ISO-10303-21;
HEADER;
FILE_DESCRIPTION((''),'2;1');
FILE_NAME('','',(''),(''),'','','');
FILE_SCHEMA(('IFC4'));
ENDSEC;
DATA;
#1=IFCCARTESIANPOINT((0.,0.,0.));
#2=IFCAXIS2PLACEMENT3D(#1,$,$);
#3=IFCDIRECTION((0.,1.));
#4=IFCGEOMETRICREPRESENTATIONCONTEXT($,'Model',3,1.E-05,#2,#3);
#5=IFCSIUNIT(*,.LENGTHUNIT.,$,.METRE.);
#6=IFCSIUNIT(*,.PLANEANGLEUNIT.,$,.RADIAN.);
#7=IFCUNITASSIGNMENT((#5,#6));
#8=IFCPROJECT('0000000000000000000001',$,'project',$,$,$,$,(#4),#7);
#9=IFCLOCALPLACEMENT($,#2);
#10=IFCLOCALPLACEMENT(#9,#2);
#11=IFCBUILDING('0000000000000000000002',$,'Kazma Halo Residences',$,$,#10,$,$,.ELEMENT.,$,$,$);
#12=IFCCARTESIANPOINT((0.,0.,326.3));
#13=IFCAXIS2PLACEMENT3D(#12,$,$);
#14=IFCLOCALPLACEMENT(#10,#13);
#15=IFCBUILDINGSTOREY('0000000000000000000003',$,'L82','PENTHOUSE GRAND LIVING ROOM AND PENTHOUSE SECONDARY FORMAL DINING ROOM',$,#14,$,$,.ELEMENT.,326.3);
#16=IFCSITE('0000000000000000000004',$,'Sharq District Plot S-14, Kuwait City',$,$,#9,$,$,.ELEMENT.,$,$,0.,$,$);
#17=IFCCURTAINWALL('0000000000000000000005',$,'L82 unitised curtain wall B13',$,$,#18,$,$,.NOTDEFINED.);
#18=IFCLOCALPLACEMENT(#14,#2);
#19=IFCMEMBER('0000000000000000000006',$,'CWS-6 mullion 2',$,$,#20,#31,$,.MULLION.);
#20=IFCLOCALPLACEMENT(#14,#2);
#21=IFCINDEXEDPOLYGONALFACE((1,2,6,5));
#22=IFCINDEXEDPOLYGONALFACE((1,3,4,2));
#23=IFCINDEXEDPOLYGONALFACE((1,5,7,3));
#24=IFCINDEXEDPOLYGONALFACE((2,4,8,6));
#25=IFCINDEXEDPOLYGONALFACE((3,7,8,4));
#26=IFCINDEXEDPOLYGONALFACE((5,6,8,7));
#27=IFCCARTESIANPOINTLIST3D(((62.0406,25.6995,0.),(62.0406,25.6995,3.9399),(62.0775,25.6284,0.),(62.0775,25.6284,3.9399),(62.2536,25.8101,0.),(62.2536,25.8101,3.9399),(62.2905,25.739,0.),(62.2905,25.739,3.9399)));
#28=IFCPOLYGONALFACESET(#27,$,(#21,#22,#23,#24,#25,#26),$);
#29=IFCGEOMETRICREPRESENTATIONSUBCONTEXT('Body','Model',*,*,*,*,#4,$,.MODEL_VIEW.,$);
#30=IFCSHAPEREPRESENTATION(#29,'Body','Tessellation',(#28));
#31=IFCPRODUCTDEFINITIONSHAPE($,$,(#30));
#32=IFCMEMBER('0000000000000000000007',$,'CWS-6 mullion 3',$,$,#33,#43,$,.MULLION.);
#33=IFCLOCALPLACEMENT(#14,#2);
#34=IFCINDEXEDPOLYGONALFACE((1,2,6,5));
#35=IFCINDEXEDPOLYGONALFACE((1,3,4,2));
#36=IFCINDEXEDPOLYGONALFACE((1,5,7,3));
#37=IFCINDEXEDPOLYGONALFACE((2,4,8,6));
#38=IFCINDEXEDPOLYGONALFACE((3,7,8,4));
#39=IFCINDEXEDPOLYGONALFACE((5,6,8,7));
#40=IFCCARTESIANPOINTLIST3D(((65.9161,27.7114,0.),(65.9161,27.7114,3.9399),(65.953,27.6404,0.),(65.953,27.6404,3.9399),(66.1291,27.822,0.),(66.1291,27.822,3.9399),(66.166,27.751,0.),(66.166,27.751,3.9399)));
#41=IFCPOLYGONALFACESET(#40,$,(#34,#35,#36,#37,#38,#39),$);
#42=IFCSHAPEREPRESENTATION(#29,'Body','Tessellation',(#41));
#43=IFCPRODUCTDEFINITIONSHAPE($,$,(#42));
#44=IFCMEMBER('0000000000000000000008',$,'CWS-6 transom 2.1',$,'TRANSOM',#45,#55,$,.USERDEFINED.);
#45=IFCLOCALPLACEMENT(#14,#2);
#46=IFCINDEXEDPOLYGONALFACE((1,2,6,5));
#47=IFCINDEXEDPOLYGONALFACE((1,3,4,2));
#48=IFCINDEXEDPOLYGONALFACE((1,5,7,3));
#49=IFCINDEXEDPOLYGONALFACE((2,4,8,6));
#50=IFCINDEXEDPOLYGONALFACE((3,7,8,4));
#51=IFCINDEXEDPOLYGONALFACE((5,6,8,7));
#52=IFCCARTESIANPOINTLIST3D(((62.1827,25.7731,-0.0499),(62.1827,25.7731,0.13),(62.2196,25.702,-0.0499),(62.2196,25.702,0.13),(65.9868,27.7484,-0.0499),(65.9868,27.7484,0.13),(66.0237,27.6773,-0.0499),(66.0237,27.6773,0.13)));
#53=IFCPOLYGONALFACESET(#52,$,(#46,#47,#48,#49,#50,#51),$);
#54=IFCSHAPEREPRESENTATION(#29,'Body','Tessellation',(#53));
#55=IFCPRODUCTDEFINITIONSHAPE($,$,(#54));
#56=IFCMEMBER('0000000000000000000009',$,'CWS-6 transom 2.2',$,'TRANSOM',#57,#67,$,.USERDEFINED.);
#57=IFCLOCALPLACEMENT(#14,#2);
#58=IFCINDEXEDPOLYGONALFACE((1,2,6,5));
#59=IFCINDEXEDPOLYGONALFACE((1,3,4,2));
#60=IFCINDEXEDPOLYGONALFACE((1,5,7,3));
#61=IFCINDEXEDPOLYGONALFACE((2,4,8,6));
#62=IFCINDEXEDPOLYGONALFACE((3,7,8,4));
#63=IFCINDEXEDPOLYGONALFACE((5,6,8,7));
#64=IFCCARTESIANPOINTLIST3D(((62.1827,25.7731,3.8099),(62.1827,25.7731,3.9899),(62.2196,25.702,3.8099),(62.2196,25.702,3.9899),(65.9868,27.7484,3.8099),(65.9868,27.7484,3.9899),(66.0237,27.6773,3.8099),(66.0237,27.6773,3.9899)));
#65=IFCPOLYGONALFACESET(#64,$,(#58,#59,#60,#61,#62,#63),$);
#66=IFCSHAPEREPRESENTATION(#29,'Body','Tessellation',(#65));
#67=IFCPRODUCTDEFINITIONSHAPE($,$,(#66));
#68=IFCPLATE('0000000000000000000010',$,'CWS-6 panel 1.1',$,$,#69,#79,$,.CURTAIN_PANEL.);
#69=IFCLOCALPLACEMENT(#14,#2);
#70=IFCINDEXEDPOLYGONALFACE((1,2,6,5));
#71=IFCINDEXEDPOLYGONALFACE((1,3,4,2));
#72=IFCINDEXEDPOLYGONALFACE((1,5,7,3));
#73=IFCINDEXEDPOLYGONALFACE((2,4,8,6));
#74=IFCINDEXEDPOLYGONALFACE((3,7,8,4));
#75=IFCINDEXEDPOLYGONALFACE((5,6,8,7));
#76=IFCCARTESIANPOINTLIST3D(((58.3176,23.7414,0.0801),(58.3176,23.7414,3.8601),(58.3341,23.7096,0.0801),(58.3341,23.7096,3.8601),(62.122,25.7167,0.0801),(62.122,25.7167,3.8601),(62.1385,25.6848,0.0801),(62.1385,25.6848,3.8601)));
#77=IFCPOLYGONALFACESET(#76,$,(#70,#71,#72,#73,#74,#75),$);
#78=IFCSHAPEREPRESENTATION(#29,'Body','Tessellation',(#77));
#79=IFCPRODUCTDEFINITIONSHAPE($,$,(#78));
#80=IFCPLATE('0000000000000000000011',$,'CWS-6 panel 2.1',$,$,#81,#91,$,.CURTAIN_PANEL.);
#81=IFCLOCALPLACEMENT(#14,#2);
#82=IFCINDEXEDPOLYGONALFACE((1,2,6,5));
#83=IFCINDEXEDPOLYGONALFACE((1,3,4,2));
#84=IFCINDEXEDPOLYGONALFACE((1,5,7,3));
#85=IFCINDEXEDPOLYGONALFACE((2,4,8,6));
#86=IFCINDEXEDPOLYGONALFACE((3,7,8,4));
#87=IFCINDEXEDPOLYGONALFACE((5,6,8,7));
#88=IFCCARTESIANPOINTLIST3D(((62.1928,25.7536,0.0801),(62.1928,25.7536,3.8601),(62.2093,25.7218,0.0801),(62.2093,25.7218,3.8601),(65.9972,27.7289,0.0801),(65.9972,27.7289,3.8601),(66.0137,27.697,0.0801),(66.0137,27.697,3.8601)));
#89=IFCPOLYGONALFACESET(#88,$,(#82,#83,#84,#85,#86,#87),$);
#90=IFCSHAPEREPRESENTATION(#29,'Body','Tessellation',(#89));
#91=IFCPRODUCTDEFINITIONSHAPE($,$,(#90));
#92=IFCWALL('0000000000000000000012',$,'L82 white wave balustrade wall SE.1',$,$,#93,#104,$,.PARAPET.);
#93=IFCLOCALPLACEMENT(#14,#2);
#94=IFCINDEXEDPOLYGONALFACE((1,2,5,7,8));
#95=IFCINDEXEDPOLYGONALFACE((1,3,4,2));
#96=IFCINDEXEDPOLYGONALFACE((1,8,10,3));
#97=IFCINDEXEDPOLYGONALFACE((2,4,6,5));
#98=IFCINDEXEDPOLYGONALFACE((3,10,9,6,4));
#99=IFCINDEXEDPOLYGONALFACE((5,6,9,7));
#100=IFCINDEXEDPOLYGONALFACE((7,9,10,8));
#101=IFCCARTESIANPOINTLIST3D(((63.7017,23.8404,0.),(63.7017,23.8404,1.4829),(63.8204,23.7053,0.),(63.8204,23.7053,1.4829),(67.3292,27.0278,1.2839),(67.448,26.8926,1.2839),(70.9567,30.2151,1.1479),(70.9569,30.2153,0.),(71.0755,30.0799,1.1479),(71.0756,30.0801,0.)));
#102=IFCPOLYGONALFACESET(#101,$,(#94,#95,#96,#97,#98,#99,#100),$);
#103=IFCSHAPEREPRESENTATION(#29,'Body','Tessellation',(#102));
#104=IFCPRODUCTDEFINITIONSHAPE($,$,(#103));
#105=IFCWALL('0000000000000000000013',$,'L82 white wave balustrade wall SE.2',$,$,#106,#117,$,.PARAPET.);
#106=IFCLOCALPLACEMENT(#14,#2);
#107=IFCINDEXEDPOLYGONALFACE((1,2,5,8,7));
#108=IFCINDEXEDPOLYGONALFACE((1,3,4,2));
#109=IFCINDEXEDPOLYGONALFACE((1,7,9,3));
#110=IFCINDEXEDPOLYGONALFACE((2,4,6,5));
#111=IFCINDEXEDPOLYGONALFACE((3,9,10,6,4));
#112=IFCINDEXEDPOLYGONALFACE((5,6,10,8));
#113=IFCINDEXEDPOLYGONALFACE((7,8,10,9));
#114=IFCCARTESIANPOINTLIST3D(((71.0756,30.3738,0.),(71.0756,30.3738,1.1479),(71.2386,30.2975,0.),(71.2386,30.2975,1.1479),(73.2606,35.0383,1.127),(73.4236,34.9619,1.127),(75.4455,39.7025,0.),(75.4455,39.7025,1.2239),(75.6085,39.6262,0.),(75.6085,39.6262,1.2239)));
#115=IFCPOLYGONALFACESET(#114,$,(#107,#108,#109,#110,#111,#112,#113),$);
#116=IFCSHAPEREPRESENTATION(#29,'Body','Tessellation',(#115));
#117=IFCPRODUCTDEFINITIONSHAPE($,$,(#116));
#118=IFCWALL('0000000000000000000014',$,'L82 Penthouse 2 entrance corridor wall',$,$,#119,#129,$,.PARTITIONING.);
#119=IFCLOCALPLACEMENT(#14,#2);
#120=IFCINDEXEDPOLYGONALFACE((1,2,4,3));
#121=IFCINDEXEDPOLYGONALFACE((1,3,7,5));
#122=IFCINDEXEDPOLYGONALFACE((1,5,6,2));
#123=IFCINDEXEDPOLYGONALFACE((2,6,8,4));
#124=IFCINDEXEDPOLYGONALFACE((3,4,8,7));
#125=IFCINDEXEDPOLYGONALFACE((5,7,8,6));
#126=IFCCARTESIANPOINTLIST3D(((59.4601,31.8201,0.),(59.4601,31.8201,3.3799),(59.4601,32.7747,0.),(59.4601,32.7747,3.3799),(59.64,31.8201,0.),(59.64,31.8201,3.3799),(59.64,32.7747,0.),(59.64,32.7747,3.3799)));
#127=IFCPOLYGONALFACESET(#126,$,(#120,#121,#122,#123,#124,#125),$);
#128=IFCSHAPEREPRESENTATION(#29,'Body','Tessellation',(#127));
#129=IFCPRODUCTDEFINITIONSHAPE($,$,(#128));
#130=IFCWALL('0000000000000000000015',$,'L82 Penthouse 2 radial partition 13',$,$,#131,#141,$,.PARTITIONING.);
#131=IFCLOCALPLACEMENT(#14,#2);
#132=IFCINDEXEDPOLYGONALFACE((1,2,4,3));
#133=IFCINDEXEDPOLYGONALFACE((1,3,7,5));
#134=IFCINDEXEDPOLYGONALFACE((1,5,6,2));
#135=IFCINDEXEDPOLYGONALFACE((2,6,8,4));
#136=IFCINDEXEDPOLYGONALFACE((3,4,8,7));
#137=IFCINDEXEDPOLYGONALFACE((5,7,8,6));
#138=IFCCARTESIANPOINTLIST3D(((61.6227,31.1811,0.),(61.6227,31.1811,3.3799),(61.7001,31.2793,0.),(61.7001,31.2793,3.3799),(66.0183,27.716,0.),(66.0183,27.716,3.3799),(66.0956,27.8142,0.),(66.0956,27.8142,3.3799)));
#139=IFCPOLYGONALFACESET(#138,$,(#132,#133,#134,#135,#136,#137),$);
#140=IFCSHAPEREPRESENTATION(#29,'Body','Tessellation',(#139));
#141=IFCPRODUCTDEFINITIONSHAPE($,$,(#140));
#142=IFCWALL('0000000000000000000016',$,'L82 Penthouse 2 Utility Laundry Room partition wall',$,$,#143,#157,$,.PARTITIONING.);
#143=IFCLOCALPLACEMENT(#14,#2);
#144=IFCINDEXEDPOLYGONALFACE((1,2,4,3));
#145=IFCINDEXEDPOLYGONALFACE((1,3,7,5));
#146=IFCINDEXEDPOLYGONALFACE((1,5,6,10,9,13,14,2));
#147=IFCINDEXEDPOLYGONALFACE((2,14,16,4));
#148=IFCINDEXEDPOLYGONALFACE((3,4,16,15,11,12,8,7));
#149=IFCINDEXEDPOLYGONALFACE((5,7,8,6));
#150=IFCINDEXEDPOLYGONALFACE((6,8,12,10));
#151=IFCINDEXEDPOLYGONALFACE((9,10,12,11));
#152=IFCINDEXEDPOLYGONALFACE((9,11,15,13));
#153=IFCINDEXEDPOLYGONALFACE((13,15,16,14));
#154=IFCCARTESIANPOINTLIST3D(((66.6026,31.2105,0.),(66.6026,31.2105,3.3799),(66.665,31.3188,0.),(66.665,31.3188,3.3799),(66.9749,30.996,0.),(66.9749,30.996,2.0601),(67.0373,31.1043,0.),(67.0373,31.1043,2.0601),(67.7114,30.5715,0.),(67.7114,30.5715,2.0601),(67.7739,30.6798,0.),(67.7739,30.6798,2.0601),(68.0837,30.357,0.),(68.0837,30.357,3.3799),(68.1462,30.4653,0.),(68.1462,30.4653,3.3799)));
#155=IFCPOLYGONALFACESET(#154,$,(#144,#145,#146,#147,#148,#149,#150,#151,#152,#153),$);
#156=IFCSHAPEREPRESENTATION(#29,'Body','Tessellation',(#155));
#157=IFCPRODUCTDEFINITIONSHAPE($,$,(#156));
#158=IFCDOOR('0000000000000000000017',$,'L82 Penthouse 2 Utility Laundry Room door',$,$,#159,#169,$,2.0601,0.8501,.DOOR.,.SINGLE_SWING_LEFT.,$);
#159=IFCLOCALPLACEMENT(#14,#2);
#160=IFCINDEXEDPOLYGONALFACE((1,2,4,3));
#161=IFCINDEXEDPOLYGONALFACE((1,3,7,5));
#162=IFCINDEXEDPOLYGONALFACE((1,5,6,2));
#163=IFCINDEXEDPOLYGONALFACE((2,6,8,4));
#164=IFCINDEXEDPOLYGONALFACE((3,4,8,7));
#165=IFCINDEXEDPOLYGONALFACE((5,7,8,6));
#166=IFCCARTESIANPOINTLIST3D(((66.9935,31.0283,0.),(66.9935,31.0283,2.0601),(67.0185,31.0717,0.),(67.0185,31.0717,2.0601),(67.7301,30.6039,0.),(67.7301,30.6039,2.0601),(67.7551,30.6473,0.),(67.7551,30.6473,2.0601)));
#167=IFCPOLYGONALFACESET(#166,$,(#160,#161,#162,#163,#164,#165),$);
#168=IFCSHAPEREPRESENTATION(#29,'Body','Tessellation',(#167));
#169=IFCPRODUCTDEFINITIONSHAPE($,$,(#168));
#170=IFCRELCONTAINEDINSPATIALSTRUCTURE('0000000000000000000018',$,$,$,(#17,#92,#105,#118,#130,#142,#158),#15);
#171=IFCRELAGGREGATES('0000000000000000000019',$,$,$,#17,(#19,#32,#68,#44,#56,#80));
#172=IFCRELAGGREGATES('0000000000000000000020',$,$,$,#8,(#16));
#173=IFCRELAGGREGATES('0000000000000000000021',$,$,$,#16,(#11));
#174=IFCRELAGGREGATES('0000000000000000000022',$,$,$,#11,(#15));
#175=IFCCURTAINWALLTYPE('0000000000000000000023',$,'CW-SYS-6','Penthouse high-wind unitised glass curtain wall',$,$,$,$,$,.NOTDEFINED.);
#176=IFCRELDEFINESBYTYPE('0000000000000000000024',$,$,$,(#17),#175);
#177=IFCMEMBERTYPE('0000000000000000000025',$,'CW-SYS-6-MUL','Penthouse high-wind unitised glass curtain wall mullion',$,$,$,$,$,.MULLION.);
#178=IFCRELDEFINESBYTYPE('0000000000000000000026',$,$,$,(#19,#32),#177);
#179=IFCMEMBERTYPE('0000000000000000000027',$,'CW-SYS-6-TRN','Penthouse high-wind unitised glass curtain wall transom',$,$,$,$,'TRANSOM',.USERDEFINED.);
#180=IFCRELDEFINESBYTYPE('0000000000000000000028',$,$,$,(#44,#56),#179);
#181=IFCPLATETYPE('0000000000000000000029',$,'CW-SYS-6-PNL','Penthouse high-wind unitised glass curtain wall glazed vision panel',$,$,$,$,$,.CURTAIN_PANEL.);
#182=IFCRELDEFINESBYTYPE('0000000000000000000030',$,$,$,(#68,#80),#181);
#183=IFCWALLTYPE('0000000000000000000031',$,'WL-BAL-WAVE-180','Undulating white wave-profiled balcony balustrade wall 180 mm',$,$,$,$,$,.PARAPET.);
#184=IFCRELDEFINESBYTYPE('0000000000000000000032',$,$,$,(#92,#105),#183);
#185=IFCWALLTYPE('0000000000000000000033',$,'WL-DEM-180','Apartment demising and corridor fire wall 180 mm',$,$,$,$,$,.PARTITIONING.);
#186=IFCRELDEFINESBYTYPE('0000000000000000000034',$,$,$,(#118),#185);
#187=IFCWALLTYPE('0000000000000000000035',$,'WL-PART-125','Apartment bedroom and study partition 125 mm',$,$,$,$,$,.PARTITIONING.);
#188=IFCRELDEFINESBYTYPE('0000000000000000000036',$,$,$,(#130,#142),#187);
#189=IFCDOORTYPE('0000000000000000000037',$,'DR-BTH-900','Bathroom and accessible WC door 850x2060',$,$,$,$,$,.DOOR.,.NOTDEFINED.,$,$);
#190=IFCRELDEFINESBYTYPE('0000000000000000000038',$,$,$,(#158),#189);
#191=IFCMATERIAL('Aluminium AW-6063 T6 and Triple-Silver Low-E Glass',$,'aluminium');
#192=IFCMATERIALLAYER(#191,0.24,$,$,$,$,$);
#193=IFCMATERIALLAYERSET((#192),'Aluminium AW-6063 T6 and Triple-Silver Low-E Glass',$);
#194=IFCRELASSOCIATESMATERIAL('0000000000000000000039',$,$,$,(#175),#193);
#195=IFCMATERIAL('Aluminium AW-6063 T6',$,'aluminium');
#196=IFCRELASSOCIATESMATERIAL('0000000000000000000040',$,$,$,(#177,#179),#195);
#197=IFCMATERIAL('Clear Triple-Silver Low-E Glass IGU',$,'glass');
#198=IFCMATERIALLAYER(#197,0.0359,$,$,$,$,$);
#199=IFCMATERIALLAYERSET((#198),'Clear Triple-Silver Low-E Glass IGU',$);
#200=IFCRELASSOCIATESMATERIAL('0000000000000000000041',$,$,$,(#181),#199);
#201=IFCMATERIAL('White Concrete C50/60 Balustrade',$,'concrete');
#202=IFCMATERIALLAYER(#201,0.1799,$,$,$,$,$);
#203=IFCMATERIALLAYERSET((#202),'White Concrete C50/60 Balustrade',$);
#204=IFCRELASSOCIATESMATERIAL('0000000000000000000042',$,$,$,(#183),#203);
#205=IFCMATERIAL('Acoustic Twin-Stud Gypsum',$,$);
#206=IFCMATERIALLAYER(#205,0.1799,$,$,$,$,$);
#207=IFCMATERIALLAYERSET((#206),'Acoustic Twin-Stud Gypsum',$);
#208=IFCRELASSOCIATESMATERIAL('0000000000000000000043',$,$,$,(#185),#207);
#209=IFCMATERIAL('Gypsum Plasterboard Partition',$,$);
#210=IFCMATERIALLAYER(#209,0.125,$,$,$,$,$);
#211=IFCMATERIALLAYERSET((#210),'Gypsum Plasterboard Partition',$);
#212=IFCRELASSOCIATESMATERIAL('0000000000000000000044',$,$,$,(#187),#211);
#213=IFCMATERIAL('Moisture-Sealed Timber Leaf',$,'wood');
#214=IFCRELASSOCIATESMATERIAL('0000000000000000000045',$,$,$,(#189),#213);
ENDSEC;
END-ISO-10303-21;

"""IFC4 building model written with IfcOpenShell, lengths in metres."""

from ifc_helpers import new_model, si_unit, direction, frame, frame_2d, origin, origin_2d, place, context, subcontext, project, spatial, polyline, rectangle, outline, extrude, material, layer, layer_set, material_profile, profile_set, type_object, element, fill, aggregate, save


model = new_model("IFC4")

# Units and contexts
model_context = context("Model", 3, precision=1e-05, world=origin(), true_north=direction((0.0, 1.0)))
body_context = subcontext(model_context, "Body", "Model", "MODEL_VIEW")
ifc_project = project(units=[si_unit("LENGTHUNIT", "METRE"), si_unit("PLANEANGLEUNIT", "RADIAN")], contexts=[model_context])

# Site, building, storey
site_placement = place(None, origin())
site = spatial("IfcSite", under=ifc_project, at=site_placement, Name="Sharq District Plot S-14, Kuwait City", CompositionType="ELEMENT", RefElevation=0.0)
building_placement = place(site_placement, origin())
building = spatial("IfcBuilding", under=site, at=building_placement, Name="Kazma Halo Residences", CompositionType="ELEMENT")
storey_placement = place(building_placement, frame((0.0, 0.0, 326.3)))
storey = spatial("IfcBuildingStorey", under=building, at=storey_placement, Name="L82", Description="PENTHOUSE GRAND LIVING ROOM AND PENTHOUSE SECONDARY FORMAL DINING ROOM", CompositionType="ELEMENT", Elevation=326.3)

# Curtain wall, members, plates
ifc_material_1 = material(Name="Aluminium AW-6063 T6 and Triple-Silver Low-E Glass", Category="aluminium")
ifc_layer_1 = layer(ifc_material_1, 0.24)
ifc_layer_set_1 = layer_set([ifc_layer_1], Name="Aluminium AW-6063 T6 and Triple-Silver Low-E Glass")
curtain_wall_type = type_object("IfcCurtainWallType", Name="CW-SYS-6", Description="Penthouse high-wind unitised glass curtain wall", PredefinedType="NOTDEFINED", material=ifc_layer_set_1)
curtain_wall_placement = place(storey_placement, origin())
curtain_wall = element("IfcCurtainWall", 1, at=curtain_wall_placement, inside=storey, type_object=curtain_wall_type, Name="L82 unitised curtain wall B13", PredefinedType="NOTDEFINED")
ifc_material_2 = material(Name="Aluminium AW-6063 T6", Category="aluminium")
ifc_material_profile_1 = material_profile(ifc_material_2, rectangle(XDim=0.0801, YDim=0.24, at=origin_2d()), Name="CWM-80x240")
ifc_profile_set_1 = profile_set([ifc_material_profile_1], Name="Aluminium AW-6063 T6")
member_type_1 = type_object("IfcMemberType", Name="CW-SYS-6-MUL", Description="Penthouse high-wind unitised glass curtain wall mullion", PredefinedType="MULLION", material=ifc_profile_set_1)
member_1_placement = place(storey_placement, frame((62.1655, 25.7192, 0.0), z_axis=(0.0, 0.0, 1.0), x_axis=(-0.460796, 0.887506, 0.0)))
member_1 = element("IfcMember", 2, at=member_1_placement, type_object=member_type_1, Name="CWS-6 mullion 2", PredefinedType="MULLION", context=body_context, shape_type="SweptSolid", body=[
    extrude(rectangle(XDim=0.0801, YDim=0.24, at=origin_2d()), origin(), (0.0, 0.0, 1.0), 3.9399),
])
member_2_placement = place(storey_placement, frame((66.041, 27.7312, 0.0), z_axis=(0.0, 0.0, 1.0), x_axis=(-0.460796, 0.887506, 0.0)))
member_2 = element("IfcMember", 3, at=member_2_placement, type_object=member_type_1, Name="CWS-6 mullion 3", PredefinedType="MULLION", context=body_context, shape_type="SweptSolid", body=[
    extrude(rectangle(XDim=0.0801, YDim=0.24, at=origin_2d()), origin(), (0.0, 0.0, 1.0), 3.9399),
])
ifc_material_profile_2 = material_profile(ifc_material_2, rectangle(XDim=0.0801, YDim=0.1799, at=origin_2d()), Name="CWT-80x180")
ifc_profile_set_2 = profile_set([ifc_material_profile_2], Name="Aluminium AW-6063 T6")
member_type_2 = type_object("IfcMemberType", Name="CW-SYS-6-TRN", Description="Penthouse high-wind unitised glass curtain wall transom", ElementType="TRANSOM", PredefinedType="USERDEFINED", material=ifc_profile_set_2)
member_3_placement = place(storey_placement, frame((62.2012, 25.7375, 0.04), z_axis=(0.887488, 0.460831, 0.0), x_axis=(-0.460831, 0.887488, 0.0)))
member_3 = element("IfcMember", 4, at=member_3_placement, type_object=member_type_2, Name="CWS-6 transom 2.1", ObjectType="TRANSOM", PredefinedType="USERDEFINED", context=body_context, shape_type="SweptSolid", body=[
    extrude(rectangle(XDim=0.0801, YDim=0.1799, at=origin_2d()), origin(), (0.0, 0.0, 1.0), 4.2864),
])
member_4_placement = place(storey_placement, frame((62.2012, 25.7375, 3.8999), z_axis=(0.887488, 0.460831, 0.0), x_axis=(-0.460831, 0.887488, 0.0)))
member_4 = element("IfcMember", 5, at=member_4_placement, type_object=member_type_2, Name="CWS-6 transom 2.2", ObjectType="TRANSOM", PredefinedType="USERDEFINED", context=body_context, shape_type="SweptSolid", body=[
    extrude(rectangle(XDim=0.0801, YDim=0.1799, at=origin_2d()), origin(), (0.0, 0.0, 1.0), 4.2864),
])
ifc_material_3 = material(Name="Clear Triple-Silver Low-E Glass IGU", Category="glass")
ifc_layer_2 = layer(ifc_material_3, 0.0359)
ifc_layer_set_2 = layer_set([ifc_layer_2], Name="Clear Triple-Silver Low-E Glass IGU")
plate_type = type_object("IfcPlateType", Name="CW-SYS-6-PNL", Description="Penthouse high-wind unitised glass curtain wall glazed vision panel", PredefinedType="CURTAIN_PANEL", material=ifc_layer_set_2)
plate_1_placement = place(storey_placement, frame((60.228, 24.7131, 0.0801), z_axis=(0.0, 0.0, 1.0), x_axis=(0.887506, 0.460796, 0.0)))
plate_1 = element("IfcPlate", 6, at=plate_1_placement, type_object=plate_type, Name="CWS-6 panel 1.1", PredefinedType="CURTAIN_PANEL", context=body_context, shape_type="SweptSolid", body=[
    extrude(rectangle(XDim=4.2866, YDim=0.0359, at=origin_2d()), origin(), (0.0, 0.0, 1.0), 3.78),
])
plate_2_placement = place(storey_placement, frame((64.1033, 26.7253, 0.0801), z_axis=(0.0, 0.0, 1.0), x_axis=(0.887506, 0.460796, 0.0)))
plate_2 = element("IfcPlate", 7, at=plate_2_placement, type_object=plate_type, Name="CWS-6 panel 2.1", PredefinedType="CURTAIN_PANEL", context=body_context, shape_type="SweptSolid", body=[
    extrude(rectangle(XDim=4.2866, YDim=0.0359, at=origin_2d()), origin(), (0.0, 0.0, 1.0), 3.78),
])
aggregate(curtain_wall, [member_1, member_2, plate_1, member_3, member_4, plate_2])

# Walls
ifc_material_4 = material(Name="White Concrete C50/60 Balustrade", Category="concrete")
ifc_layer_3 = layer(ifc_material_4, 0.1799)
ifc_layer_set_3 = layer_set([ifc_layer_3], Name="White Concrete C50/60 Balustrade")
wall_type_1 = type_object("IfcWallType", Name="WL-BAL-WAVE-180", Description="Undulating white wave-profiled balcony balustrade wall 180 mm", PredefinedType="PARAPET", material=ifc_layer_set_3)
wall_1_placement = place(storey_placement, frame((63.761, 23.7729, 0.0), z_axis=(0.0, 0.0, 1.0), x_axis=(0.751214, 0.660058, 0.0)))
element("IfcWall", 8, at=wall_1_placement, inside=storey, type_object=wall_type_1, Name="L82 white wave balustrade wall SE.1", PredefinedType="PARAPET", context=body_context, shape_type="SweptSolid", body=[
    extrude(outline(polyline([(0.0, 0.0), (9.658, 0.0), (9.6577, 1.1479), (4.8289, 1.2839), (0.0, 1.4829), (0.0, 0.0)])), frame((0.0, 0.0898, 0.0), z_axis=(0.0, -1.0, 0.0), x_axis=(1.0, 0.0, 0.0)), (0.0, 0.0, 1.0), 0.1799),
])
wall_2_placement = place(storey_placement, frame((71.157, 30.3357, 0.0), z_axis=(0.0, 0.0, 1.0), x_axis=(0.424202, 0.905568, 0.0)))
element("IfcWall", 9, at=wall_2_placement, inside=storey, type_object=wall_type_1, Name="L82 white wave balustrade wall SE.2", PredefinedType="PARAPET", context=body_context, shape_type="SweptSolid", body=[
    extrude(outline(polyline([(0.0, 0.0), (10.3015, 0.0), (10.3015, 1.2239), (5.1509, 1.127), (0.0, 1.1479), (0.0, 0.0)])), frame((0.0, 0.0898, 0.0), z_axis=(0.0, -1.0, 0.0), x_axis=(1.0, 0.0, 0.0)), (0.0, 0.0, 1.0), 0.1799),
])
ifc_material_5 = material(Name="Acoustic Twin-Stud Gypsum")
ifc_layer_4 = layer(ifc_material_5, 0.1799)
ifc_layer_set_4 = layer_set([ifc_layer_4], Name="Acoustic Twin-Stud Gypsum")
wall_type_2 = type_object("IfcWallType", Name="WL-DEM-180", Description="Apartment demising and corridor fire wall 180 mm", PredefinedType="PARTITIONING", material=ifc_layer_set_4)
wall_3_placement = place(storey_placement, frame((59.55, 31.8201, 0.0), z_axis=(0.0, 0.0, 1.0), x_axis=(0.0, 1.0, 0.0)))
element("IfcWall", 10, at=wall_3_placement, inside=storey, type_object=wall_type_2, Name="L82 Penthouse 2 entrance corridor wall", PredefinedType="PARTITIONING", context=body_context, shape_type="SweptSolid", body=[
    extrude(rectangle(XDim=0.9546, YDim=0.1799, at=frame_2d((0.4773, 0.0))), origin(), (0.0, 0.0, 1.0), 3.3799),
])

# Wall
ifc_material_6 = material(Name="Gypsum Plasterboard Partition")
ifc_layer_5 = layer(ifc_material_6, 0.125)
ifc_layer_set_5 = layer_set([ifc_layer_5], Name="Gypsum Plasterboard Partition")
wall_type_3 = type_object("IfcWallType", Name="WL-PART-125", Description="Apartment bedroom and study partition 125 mm", PredefinedType="PARTITIONING", material=ifc_layer_set_5)
wall_4_placement = place(storey_placement, frame((61.6614, 31.2302, 0.0), z_axis=(0.0, 0.0, 1.0), x_axis=(0.785321, -0.619088, 0.0)))
element("IfcWall", 11, at=wall_4_placement, inside=storey, type_object=wall_type_3, Name="L82 Penthouse 2 radial partition 13", PredefinedType="PARTITIONING", context=body_context, shape_type="SweptSolid", body=[
    extrude(rectangle(XDim=5.5972, YDim=0.125, at=frame_2d((2.7986, 0.0))), origin(), (0.0, 0.0, 1.0), 3.3799),
])

# Wall, opening, door
wall_5_placement = place(storey_placement, frame((66.6338, 31.2646, 0.0), z_axis=(0.0, 0.0, 1.0), x_axis=(0.866445, -0.499273, 0.0)))
wall_5 = element("IfcWall", 12, at=wall_5_placement, inside=storey, type_object=wall_type_3, Name="L82 Penthouse 2 Utility Laundry Room partition wall", PredefinedType="PARTITIONING", context=body_context, shape_type="SweptSolid", body=[
    extrude(rectangle(XDim=1.7095, YDim=0.125, at=frame_2d((0.8547, 0.0))), origin(), (0.0, 0.0, 1.0), 3.3799),
])
opening_1_placement = place(wall_5_placement, frame((0.4297, 0.0, 0.0)))
opening_1 = element("IfcOpeningElement", 13, at=opening_1_placement, cuts=wall_5, PredefinedType="OPENING", context=body_context, shape_type="SweptSolid", body=[
    extrude(rectangle(XDim=0.8501, YDim=2.0601, at=frame_2d((0.425, 1.03))), frame((0.0, 0.0725, 0.0), z_axis=(0.0, -1.0, 0.0), x_axis=(1.0, 0.0, 0.0)), (0.0, 0.0, 1.0), 0.145),
])
ifc_material_7 = material(Name="Moisture-Sealed Timber Leaf", Category="wood")
door_type_1 = type_object("IfcDoorType", Name="DR-BTH-900", Description="Bathroom and accessible WC door 850x2060", OperationType="NOTDEFINED", PredefinedType="DOOR", material=ifc_material_7)
door_1_placement = place(opening_1_placement, origin())
door_1 = element("IfcDoor", 14, at=door_1_placement, inside=storey, type_object=door_type_1, Name="L82 Penthouse 2 Utility Laundry Room door", OperationType="SINGLE_SWING_LEFT", OverallHeight=2.0601, OverallWidth=0.8501, PredefinedType="DOOR", context=body_context, shape_type="SweptSolid", body=[
    extrude(rectangle(XDim=0.8501, YDim=2.0601, at=frame_2d((0.425, 1.03))), frame((0.0, 0.0249, 0.0), z_axis=(0.0, -1.0, 0.0), x_axis=(1.0, 0.0, 0.0)), (0.0, 0.0, 1.0), 0.05),
])
fill(opening_1, door_1)

save(model, "model.ifc")
